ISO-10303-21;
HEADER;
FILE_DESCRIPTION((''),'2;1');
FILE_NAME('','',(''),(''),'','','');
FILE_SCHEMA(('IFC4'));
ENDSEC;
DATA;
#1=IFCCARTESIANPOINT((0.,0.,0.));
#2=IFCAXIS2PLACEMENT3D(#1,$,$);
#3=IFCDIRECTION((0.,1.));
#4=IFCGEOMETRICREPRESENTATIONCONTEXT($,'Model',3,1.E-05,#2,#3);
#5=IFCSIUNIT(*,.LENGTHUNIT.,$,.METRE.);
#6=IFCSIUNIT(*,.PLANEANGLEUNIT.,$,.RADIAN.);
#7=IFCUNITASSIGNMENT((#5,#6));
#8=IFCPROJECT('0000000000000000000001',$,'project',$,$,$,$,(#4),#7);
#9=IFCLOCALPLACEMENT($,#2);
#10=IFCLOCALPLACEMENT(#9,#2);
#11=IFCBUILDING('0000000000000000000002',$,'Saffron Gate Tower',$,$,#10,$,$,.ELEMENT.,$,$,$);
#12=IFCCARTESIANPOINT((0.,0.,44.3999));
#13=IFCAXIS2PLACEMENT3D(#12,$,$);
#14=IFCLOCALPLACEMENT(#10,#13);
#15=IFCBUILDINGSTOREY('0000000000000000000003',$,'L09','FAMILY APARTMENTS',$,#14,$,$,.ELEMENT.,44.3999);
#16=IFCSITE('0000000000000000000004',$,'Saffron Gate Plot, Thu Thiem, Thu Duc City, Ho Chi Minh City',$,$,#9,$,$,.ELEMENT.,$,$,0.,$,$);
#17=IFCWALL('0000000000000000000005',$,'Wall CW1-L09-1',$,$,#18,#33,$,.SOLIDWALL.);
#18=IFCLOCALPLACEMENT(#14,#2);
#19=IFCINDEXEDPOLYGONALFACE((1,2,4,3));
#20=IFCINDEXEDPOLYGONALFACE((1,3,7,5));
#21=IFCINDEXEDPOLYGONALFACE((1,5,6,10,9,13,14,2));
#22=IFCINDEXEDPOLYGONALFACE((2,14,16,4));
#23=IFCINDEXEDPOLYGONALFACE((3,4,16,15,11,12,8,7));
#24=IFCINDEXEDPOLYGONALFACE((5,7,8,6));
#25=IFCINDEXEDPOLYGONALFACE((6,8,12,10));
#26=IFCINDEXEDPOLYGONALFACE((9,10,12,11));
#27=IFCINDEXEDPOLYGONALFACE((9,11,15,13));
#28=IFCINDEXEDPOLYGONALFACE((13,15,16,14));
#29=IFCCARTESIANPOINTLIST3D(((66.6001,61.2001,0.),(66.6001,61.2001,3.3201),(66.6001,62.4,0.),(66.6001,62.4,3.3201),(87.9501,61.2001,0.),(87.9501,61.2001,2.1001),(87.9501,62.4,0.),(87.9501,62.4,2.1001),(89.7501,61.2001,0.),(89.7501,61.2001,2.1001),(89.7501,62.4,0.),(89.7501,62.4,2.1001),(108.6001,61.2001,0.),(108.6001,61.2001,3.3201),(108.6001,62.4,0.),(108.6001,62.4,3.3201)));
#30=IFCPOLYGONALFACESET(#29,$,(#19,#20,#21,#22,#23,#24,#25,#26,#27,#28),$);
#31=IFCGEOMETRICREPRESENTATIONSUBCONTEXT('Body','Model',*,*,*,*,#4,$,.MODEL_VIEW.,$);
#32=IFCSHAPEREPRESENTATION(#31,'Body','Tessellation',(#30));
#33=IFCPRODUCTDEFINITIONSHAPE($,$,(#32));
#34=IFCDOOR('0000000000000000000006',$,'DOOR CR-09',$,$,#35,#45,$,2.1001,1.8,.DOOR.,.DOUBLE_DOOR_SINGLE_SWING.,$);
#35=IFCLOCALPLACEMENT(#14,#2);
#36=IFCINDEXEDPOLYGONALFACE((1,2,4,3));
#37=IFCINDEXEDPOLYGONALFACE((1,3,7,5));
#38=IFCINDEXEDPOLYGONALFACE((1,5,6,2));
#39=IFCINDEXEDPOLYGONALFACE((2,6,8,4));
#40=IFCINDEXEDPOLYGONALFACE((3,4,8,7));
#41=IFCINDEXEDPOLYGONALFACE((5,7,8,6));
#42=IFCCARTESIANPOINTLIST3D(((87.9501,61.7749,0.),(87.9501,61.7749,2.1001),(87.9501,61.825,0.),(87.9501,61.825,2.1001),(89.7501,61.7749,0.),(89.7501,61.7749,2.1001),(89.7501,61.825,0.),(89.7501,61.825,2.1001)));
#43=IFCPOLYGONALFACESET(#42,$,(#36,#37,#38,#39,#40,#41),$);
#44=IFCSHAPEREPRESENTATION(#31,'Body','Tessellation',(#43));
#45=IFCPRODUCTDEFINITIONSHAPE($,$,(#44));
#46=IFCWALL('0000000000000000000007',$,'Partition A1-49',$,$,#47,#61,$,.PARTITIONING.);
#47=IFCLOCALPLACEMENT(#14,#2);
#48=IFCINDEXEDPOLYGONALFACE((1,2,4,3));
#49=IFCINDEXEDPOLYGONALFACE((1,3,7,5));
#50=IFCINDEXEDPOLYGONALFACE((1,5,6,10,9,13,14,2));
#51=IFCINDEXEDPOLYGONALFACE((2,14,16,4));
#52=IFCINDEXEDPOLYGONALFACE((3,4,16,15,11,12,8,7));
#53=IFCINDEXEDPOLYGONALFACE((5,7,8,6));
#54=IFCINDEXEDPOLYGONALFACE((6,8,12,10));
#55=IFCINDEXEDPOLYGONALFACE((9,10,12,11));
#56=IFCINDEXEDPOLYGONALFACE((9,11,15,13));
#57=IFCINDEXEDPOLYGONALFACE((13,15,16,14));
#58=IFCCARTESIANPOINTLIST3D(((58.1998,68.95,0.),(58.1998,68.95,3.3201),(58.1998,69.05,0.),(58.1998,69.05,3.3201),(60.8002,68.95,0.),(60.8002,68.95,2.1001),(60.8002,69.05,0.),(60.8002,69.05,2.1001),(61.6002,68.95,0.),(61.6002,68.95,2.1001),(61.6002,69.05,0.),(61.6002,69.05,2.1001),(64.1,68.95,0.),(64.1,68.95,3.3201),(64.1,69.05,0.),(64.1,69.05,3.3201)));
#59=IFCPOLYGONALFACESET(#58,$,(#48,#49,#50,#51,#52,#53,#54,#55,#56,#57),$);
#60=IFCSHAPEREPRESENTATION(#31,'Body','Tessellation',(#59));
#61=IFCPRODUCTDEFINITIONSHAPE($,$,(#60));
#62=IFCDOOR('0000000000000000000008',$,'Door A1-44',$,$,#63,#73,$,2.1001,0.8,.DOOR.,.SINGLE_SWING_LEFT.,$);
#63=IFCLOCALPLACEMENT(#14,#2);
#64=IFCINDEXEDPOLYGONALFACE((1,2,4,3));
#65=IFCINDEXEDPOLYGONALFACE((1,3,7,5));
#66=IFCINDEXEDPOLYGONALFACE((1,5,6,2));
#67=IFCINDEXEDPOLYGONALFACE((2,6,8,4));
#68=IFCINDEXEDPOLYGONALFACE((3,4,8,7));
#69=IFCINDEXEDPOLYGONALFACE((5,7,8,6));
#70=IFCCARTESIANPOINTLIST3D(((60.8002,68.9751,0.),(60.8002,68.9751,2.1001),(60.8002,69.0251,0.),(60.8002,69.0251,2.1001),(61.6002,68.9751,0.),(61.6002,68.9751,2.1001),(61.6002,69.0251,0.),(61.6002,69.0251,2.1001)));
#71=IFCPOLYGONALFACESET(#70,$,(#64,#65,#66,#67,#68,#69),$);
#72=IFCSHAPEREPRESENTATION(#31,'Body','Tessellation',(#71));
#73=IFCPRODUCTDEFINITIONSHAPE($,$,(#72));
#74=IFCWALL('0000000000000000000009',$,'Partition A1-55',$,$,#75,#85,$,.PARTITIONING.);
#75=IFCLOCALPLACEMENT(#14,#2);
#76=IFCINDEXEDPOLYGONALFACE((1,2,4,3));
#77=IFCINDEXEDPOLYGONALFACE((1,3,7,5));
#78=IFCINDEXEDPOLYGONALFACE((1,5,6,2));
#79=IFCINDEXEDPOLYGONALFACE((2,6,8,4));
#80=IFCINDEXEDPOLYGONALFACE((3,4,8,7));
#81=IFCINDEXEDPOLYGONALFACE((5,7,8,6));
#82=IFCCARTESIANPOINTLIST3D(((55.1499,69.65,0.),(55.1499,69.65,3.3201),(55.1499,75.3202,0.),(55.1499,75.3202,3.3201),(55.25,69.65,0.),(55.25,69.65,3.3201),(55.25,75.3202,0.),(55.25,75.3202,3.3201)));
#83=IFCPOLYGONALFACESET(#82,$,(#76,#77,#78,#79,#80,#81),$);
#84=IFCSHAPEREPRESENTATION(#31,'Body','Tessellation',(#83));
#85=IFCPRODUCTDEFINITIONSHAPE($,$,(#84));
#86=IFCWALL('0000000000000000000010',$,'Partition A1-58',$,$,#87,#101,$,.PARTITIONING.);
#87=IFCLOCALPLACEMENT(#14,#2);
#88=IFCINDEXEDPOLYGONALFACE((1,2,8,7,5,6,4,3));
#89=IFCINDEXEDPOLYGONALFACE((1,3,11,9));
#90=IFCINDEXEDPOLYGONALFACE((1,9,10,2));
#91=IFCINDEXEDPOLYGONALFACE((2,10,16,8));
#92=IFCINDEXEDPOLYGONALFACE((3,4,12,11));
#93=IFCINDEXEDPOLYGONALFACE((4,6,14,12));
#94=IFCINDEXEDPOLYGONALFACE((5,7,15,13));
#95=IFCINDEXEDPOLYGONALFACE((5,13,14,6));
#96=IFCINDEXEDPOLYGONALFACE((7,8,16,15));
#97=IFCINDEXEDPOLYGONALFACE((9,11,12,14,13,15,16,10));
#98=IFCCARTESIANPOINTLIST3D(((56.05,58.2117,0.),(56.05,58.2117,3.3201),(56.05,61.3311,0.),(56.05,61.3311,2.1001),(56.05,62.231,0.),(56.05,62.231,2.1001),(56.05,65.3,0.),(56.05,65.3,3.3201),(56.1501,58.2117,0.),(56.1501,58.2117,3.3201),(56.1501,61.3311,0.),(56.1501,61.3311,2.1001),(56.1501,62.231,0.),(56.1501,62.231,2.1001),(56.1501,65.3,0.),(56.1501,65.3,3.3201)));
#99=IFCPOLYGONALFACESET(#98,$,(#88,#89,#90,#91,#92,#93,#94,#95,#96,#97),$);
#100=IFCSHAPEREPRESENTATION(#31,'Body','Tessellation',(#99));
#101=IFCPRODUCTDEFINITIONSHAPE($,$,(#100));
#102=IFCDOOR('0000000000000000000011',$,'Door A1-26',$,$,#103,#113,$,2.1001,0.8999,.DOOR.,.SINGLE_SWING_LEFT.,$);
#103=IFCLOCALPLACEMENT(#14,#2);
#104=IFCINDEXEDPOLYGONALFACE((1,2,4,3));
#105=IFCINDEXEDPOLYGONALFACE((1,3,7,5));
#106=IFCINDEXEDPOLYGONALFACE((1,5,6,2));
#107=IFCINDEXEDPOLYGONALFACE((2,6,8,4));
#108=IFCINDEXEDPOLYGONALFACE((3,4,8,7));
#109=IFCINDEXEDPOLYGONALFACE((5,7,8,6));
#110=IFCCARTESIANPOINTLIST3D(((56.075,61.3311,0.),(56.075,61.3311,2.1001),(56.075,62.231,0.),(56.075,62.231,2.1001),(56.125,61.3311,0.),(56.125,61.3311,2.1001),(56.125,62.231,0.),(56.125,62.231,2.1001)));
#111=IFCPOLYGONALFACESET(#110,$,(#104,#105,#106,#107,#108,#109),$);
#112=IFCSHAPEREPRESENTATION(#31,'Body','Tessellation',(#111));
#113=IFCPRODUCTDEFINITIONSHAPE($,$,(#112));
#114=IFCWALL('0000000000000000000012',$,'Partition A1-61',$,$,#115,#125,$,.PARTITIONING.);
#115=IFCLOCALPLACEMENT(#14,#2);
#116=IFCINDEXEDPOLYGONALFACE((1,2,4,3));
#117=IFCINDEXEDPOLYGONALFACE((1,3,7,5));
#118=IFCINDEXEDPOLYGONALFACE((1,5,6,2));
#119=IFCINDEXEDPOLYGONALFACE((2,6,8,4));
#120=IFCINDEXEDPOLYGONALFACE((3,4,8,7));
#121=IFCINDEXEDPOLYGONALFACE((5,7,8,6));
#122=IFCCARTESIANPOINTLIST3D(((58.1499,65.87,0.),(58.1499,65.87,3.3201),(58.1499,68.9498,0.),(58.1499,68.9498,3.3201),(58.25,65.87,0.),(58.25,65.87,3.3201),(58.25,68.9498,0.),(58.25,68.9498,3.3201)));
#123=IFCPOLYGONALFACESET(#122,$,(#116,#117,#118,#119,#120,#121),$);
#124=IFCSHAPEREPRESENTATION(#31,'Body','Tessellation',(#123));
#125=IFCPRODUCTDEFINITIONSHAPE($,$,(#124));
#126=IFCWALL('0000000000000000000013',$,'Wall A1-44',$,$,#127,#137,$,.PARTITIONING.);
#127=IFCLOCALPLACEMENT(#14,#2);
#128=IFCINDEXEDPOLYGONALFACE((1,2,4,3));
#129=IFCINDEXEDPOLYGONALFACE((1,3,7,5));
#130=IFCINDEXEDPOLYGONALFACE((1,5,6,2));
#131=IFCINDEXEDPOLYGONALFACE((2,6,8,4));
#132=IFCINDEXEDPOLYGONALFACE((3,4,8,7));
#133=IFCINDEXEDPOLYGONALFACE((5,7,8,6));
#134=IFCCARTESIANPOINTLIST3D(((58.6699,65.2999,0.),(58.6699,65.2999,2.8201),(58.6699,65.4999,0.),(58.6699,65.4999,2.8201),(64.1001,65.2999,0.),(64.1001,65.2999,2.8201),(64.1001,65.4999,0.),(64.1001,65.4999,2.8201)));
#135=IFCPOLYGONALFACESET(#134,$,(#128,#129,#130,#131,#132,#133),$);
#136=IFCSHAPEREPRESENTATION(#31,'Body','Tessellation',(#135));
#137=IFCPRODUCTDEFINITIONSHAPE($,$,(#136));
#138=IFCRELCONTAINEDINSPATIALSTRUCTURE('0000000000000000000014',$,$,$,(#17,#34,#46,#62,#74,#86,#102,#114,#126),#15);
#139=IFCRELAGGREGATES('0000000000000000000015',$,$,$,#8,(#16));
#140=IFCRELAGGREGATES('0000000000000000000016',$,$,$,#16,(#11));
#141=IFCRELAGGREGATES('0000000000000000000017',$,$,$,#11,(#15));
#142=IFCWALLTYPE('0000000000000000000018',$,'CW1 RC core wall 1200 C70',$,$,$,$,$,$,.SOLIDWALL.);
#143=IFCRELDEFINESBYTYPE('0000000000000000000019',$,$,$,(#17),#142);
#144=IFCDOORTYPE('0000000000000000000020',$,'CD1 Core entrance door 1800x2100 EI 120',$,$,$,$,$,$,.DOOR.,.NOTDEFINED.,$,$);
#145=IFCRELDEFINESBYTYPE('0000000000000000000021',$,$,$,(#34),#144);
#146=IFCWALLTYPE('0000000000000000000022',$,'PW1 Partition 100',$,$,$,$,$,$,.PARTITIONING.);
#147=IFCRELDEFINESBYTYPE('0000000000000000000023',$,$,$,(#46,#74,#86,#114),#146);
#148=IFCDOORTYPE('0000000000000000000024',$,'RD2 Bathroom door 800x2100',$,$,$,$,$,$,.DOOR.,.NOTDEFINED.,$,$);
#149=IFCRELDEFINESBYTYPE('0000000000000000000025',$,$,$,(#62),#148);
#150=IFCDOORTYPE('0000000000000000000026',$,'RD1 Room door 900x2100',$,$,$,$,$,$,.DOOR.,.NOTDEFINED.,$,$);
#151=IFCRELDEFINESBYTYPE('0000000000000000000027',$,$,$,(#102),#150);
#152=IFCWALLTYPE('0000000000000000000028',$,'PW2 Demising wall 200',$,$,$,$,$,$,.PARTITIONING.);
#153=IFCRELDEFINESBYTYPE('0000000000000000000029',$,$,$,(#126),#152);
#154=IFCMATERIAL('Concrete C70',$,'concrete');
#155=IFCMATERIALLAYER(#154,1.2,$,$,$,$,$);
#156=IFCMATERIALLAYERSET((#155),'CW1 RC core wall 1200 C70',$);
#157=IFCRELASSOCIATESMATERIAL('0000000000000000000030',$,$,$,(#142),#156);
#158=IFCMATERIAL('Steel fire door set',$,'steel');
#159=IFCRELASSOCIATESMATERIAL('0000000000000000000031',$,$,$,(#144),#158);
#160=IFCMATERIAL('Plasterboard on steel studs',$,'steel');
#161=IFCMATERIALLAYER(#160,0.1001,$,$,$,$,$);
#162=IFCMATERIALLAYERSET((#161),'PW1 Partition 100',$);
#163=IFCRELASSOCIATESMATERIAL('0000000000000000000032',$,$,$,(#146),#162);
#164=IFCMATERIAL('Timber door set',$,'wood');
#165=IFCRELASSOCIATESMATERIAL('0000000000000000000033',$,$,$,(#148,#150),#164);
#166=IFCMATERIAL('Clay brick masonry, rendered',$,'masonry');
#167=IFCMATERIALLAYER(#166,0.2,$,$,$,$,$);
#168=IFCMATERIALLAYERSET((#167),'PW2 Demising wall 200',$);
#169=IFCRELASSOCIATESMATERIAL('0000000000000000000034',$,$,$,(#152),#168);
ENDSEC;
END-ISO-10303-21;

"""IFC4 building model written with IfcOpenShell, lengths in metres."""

from ifc_helpers import new_model, si_unit, direction, frame, frame_2d, origin, place, context, subcontext, project, spatial, rectangle, extrude, material, layer, layer_set, type_object, element, fill, save


model = new_model("IFC4")

# Units and contexts
model_context = context("Model", 3, precision=1e-05, world=origin(), true_north=direction((0.0, 1.0)))
body_context = subcontext(model_context, "Body", "Model", "MODEL_VIEW")
ifc_project = project(units=[si_unit("LENGTHUNIT", "METRE"), si_unit("PLANEANGLEUNIT", "RADIAN")], contexts=[model_context])

# Site, building, storey
site_placement = place(None, origin())
site = spatial("IfcSite", under=ifc_project, at=site_placement, Name="Saffron Gate Plot, Thu Thiem, Thu Duc City, Ho Chi Minh City", CompositionType="ELEMENT", RefElevation=0.0)
building_placement = place(site_placement, origin())
building = spatial("IfcBuilding", under=site, at=building_placement, Name="Saffron Gate Tower", CompositionType="ELEMENT")
storey_placement = place(building_placement, frame((0.0, 0.0, 44.3999)))
storey = spatial("IfcBuildingStorey", under=building, at=storey_placement, Name="L09", Description="FAMILY APARTMENTS", CompositionType="ELEMENT", Elevation=44.3999)

# Walls, openings, doors
ifc_material_1 = material(Name="Concrete C70", Category="concrete")
ifc_layer_1 = layer(ifc_material_1, 1.2)
ifc_layer_set_1 = layer_set([ifc_layer_1], Name="CW1 RC core wall 1200 C70")
wall_type_1 = type_object("IfcWallType", Name="CW1 RC core wall 1200 C70", PredefinedType="SOLIDWALL", material=ifc_layer_set_1)
wall_1_placement = place(storey_placement, frame((66.6001, 61.8, 0.0), z_axis=(0.0, 0.0, 1.0), x_axis=(1.0, 0.0, 0.0)))
wall_1 = element("IfcWall", 1, at=wall_1_placement, inside=storey, type_object=wall_type_1, Name="Wall CW1-L09-1", PredefinedType="SOLIDWALL", context=body_context, shape_type="SweptSolid", body=[
    extrude(rectangle(XDim=42.0, YDim=1.2, at=frame_2d((21.0, 0.0))), origin(), (0.0, 0.0, 1.0), 3.3201),
])
opening_1_placement = place(wall_1_placement, frame((21.3501, 0.0, 0.0)))
opening_1 = element("IfcOpeningElement", 2, at=opening_1_placement, cuts=wall_1, PredefinedType="OPENING", context=body_context, shape_type="SweptSolid", body=[
    extrude(rectangle(XDim=1.8, YDim=2.1001, at=frame_2d((0.8999, 1.05))), frame((0.0, 0.6099, 0.0), z_axis=(0.0, -1.0, 0.0), x_axis=(1.0, 0.0, 0.0)), (0.0, 0.0, 1.0), 1.22),
])
ifc_material_2 = material(Name="Steel fire door set", Category="steel")
door_type_1 = type_object("IfcDoorType", Name="CD1 Core entrance door 1800x2100 EI 120", OperationType="NOTDEFINED", PredefinedType="DOOR", material=ifc_material_2)
door_1_placement = place(opening_1_placement, origin())
door_1 = element("IfcDoor", 3, at=door_1_placement, inside=storey, type_object=door_type_1, Name="DOOR CR-09", OperationType="DOUBLE_DOOR_SINGLE_SWING", OverallHeight=2.1001, OverallWidth=1.8, PredefinedType="DOOR", context=body_context, shape_type="SweptSolid", body=[
    extrude(rectangle(XDim=1.8, YDim=2.1001, at=frame_2d((0.8999, 1.05))), frame((0.0, 0.0249, 0.0), z_axis=(0.0, -1.0, 0.0), x_axis=(1.0, 0.0, 0.0)), (0.0, 0.0, 1.0), 0.05),
])
fill(opening_1, door_1)
ifc_material_3 = material(Name="Plasterboard on steel studs", Category="steel")
ifc_layer_2 = layer(ifc_material_3, 0.1001)
ifc_layer_set_2 = layer_set([ifc_layer_2], Name="PW1 Partition 100")
wall_type_2 = type_object("IfcWallType", Name="PW1 Partition 100", PredefinedType="PARTITIONING", material=ifc_layer_set_2)
wall_2_placement = place(storey_placement, frame((64.1001, 69.0, 0.0), z_axis=(0.0, 0.0, 1.0), x_axis=(-1.0, 0.0, 0.0)))
wall_2 = element("IfcWall", 4, at=wall_2_placement, inside=storey, type_object=wall_type_2, Name="Partition A1-49", PredefinedType="PARTITIONING", context=body_context, shape_type="SweptSolid", body=[
    extrude(rectangle(XDim=5.9001, YDim=0.1001, at=frame_2d((2.9502, 0.0))), origin(), (0.0, 0.0, 1.0), 3.3201),
])
opening_2_placement = place(wall_2_placement, frame((2.5, 0.0, 0.0)))
opening_2 = element("IfcOpeningElement", 5, at=opening_2_placement, cuts=wall_2, PredefinedType="OPENING", context=body_context, shape_type="SweptSolid", body=[
    extrude(rectangle(XDim=0.8, YDim=2.1001, at=frame_2d((0.3999, 1.05))), frame((0.0, 0.0601, 0.0), z_axis=(0.0, -1.0, 0.0), x_axis=(1.0, 0.0, 0.0)), (0.0, 0.0, 1.0), 0.1201),
])
ifc_material_4 = material(Name="Timber door set", Category="wood")
door_type_2 = type_object("IfcDoorType", Name="RD2 Bathroom door 800x2100", OperationType="NOTDEFINED", PredefinedType="DOOR", material=ifc_material_4)
door_2_placement = place(opening_2_placement, origin())
door_2 = element("IfcDoor", 6, at=door_2_placement, inside=storey, type_object=door_type_2, Name="Door A1-44", OperationType="SINGLE_SWING_LEFT", OverallHeight=2.1001, OverallWidth=0.8, PredefinedType="DOOR", context=body_context, shape_type="SweptSolid", body=[
    extrude(rectangle(XDim=0.8, YDim=2.1001, at=frame_2d((0.3999, 1.05))), frame((0.0, 0.0249, 0.0), z_axis=(0.0, -1.0, 0.0), x_axis=(1.0, 0.0, 0.0)), (0.0, 0.0, 1.0), 0.05),
])
fill(opening_2, door_2)

# Wall
wall_3_placement = place(storey_placement, frame((55.2, 75.3201, 0.0), z_axis=(0.0, 0.0, 1.0), x_axis=(0.0, -1.0, 0.0)))
element("IfcWall", 7, at=wall_3_placement, inside=storey, type_object=wall_type_2, Name="Partition A1-55", PredefinedType="PARTITIONING", context=body_context, shape_type="SweptSolid", body=[
    extrude(rectangle(XDim=5.6702, YDim=0.1001, at=frame_2d((2.835, 0.0))), origin(), (0.0, 0.0, 1.0), 3.3201),
])

# Wall, opening, door
wall_4_placement = place(storey_placement, frame((56.1001, 65.3, 0.0), z_axis=(0.0, 0.0, 1.0), x_axis=(0.0, -1.0, 0.0)))
wall_4 = element("IfcWall", 8, at=wall_4_placement, inside=storey, type_object=wall_type_2, Name="Partition A1-58", PredefinedType="PARTITIONING", context=body_context, shape_type="SweptSolid", body=[
    extrude(rectangle(XDim=7.0884, YDim=0.1001, at=frame_2d((3.5442, 0.0))), origin(), (0.0, 0.0, 1.0), 3.3201),
])
opening_3_placement = place(wall_4_placement, frame((3.0691, 0.0, 0.0)))
opening_3 = element("IfcOpeningElement", 9, at=opening_3_placement, cuts=wall_4, PredefinedType="OPENING", context=body_context, shape_type="SweptSolid", body=[
    extrude(rectangle(XDim=0.8999, YDim=2.1001, at=frame_2d((0.45, 1.05))), frame((0.0, 0.0601, 0.0), z_axis=(0.0, -1.0, 0.0), x_axis=(1.0, 0.0, 0.0)), (0.0, 0.0, 1.0), 0.1201),
])
door_type_3 = type_object("IfcDoorType", Name="RD1 Room door 900x2100", OperationType="NOTDEFINED", PredefinedType="DOOR", material=ifc_material_4)
door_3_placement = place(opening_3_placement, origin())
door_3 = element("IfcDoor", 10, at=door_3_placement, inside=storey, type_object=door_type_3, Name="Door A1-26", OperationType="SINGLE_SWING_LEFT", OverallHeight=2.1001, OverallWidth=0.8999, PredefinedType="DOOR", context=body_context, shape_type="SweptSolid", body=[
    extrude(rectangle(XDim=0.8999, YDim=2.1001, at=frame_2d((0.45, 1.05))), frame((0.0, 0.0249, 0.0), z_axis=(0.0, -1.0, 0.0), x_axis=(1.0, 0.0, 0.0)), (0.0, 0.0, 1.0), 0.05),
])
fill(opening_3, door_3)

# Walls
wall_5_placement = place(storey_placement, frame((58.2, 68.95, 0.0), z_axis=(0.0, 0.0, 1.0), x_axis=(0.0, -1.0, 0.0)))
element("IfcWall", 11, at=wall_5_placement, inside=storey, type_object=wall_type_2, Name="Partition A1-61", PredefinedType="PARTITIONING", context=body_context, shape_type="SweptSolid", body=[
    extrude(rectangle(XDim=3.0798, YDim=0.1001, at=frame_2d((1.54, 0.0))), origin(), (0.0, 0.0, 1.0), 3.3201),
])
ifc_material_5 = material(Name="Clay brick masonry, rendered", Category="masonry")
ifc_layer_3 = layer(ifc_material_5, 0.2)
ifc_layer_set_3 = layer_set([ifc_layer_3], Name="PW2 Demising wall 200")
wall_type_3 = type_object("IfcWallType", Name="PW2 Demising wall 200", PredefinedType="PARTITIONING", material=ifc_layer_set_3)
wall_6_placement = place(storey_placement, frame((58.6699, 65.3999, 0.0), z_axis=(0.0, 0.0, 1.0), x_axis=(1.0, 0.0, 0.0)))
element("IfcWall", 12, at=wall_6_placement, inside=storey, type_object=wall_type_3, Name="Wall A1-44", PredefinedType="PARTITIONING", context=body_context, shape_type="SweptSolid", body=[
    extrude(rectangle(XDim=5.4302, YDim=0.2, at=frame_2d((2.7151, 0.0))), origin(), (0.0, 0.0, 1.0), 2.8201),
])

save(model, "model.ifc")
